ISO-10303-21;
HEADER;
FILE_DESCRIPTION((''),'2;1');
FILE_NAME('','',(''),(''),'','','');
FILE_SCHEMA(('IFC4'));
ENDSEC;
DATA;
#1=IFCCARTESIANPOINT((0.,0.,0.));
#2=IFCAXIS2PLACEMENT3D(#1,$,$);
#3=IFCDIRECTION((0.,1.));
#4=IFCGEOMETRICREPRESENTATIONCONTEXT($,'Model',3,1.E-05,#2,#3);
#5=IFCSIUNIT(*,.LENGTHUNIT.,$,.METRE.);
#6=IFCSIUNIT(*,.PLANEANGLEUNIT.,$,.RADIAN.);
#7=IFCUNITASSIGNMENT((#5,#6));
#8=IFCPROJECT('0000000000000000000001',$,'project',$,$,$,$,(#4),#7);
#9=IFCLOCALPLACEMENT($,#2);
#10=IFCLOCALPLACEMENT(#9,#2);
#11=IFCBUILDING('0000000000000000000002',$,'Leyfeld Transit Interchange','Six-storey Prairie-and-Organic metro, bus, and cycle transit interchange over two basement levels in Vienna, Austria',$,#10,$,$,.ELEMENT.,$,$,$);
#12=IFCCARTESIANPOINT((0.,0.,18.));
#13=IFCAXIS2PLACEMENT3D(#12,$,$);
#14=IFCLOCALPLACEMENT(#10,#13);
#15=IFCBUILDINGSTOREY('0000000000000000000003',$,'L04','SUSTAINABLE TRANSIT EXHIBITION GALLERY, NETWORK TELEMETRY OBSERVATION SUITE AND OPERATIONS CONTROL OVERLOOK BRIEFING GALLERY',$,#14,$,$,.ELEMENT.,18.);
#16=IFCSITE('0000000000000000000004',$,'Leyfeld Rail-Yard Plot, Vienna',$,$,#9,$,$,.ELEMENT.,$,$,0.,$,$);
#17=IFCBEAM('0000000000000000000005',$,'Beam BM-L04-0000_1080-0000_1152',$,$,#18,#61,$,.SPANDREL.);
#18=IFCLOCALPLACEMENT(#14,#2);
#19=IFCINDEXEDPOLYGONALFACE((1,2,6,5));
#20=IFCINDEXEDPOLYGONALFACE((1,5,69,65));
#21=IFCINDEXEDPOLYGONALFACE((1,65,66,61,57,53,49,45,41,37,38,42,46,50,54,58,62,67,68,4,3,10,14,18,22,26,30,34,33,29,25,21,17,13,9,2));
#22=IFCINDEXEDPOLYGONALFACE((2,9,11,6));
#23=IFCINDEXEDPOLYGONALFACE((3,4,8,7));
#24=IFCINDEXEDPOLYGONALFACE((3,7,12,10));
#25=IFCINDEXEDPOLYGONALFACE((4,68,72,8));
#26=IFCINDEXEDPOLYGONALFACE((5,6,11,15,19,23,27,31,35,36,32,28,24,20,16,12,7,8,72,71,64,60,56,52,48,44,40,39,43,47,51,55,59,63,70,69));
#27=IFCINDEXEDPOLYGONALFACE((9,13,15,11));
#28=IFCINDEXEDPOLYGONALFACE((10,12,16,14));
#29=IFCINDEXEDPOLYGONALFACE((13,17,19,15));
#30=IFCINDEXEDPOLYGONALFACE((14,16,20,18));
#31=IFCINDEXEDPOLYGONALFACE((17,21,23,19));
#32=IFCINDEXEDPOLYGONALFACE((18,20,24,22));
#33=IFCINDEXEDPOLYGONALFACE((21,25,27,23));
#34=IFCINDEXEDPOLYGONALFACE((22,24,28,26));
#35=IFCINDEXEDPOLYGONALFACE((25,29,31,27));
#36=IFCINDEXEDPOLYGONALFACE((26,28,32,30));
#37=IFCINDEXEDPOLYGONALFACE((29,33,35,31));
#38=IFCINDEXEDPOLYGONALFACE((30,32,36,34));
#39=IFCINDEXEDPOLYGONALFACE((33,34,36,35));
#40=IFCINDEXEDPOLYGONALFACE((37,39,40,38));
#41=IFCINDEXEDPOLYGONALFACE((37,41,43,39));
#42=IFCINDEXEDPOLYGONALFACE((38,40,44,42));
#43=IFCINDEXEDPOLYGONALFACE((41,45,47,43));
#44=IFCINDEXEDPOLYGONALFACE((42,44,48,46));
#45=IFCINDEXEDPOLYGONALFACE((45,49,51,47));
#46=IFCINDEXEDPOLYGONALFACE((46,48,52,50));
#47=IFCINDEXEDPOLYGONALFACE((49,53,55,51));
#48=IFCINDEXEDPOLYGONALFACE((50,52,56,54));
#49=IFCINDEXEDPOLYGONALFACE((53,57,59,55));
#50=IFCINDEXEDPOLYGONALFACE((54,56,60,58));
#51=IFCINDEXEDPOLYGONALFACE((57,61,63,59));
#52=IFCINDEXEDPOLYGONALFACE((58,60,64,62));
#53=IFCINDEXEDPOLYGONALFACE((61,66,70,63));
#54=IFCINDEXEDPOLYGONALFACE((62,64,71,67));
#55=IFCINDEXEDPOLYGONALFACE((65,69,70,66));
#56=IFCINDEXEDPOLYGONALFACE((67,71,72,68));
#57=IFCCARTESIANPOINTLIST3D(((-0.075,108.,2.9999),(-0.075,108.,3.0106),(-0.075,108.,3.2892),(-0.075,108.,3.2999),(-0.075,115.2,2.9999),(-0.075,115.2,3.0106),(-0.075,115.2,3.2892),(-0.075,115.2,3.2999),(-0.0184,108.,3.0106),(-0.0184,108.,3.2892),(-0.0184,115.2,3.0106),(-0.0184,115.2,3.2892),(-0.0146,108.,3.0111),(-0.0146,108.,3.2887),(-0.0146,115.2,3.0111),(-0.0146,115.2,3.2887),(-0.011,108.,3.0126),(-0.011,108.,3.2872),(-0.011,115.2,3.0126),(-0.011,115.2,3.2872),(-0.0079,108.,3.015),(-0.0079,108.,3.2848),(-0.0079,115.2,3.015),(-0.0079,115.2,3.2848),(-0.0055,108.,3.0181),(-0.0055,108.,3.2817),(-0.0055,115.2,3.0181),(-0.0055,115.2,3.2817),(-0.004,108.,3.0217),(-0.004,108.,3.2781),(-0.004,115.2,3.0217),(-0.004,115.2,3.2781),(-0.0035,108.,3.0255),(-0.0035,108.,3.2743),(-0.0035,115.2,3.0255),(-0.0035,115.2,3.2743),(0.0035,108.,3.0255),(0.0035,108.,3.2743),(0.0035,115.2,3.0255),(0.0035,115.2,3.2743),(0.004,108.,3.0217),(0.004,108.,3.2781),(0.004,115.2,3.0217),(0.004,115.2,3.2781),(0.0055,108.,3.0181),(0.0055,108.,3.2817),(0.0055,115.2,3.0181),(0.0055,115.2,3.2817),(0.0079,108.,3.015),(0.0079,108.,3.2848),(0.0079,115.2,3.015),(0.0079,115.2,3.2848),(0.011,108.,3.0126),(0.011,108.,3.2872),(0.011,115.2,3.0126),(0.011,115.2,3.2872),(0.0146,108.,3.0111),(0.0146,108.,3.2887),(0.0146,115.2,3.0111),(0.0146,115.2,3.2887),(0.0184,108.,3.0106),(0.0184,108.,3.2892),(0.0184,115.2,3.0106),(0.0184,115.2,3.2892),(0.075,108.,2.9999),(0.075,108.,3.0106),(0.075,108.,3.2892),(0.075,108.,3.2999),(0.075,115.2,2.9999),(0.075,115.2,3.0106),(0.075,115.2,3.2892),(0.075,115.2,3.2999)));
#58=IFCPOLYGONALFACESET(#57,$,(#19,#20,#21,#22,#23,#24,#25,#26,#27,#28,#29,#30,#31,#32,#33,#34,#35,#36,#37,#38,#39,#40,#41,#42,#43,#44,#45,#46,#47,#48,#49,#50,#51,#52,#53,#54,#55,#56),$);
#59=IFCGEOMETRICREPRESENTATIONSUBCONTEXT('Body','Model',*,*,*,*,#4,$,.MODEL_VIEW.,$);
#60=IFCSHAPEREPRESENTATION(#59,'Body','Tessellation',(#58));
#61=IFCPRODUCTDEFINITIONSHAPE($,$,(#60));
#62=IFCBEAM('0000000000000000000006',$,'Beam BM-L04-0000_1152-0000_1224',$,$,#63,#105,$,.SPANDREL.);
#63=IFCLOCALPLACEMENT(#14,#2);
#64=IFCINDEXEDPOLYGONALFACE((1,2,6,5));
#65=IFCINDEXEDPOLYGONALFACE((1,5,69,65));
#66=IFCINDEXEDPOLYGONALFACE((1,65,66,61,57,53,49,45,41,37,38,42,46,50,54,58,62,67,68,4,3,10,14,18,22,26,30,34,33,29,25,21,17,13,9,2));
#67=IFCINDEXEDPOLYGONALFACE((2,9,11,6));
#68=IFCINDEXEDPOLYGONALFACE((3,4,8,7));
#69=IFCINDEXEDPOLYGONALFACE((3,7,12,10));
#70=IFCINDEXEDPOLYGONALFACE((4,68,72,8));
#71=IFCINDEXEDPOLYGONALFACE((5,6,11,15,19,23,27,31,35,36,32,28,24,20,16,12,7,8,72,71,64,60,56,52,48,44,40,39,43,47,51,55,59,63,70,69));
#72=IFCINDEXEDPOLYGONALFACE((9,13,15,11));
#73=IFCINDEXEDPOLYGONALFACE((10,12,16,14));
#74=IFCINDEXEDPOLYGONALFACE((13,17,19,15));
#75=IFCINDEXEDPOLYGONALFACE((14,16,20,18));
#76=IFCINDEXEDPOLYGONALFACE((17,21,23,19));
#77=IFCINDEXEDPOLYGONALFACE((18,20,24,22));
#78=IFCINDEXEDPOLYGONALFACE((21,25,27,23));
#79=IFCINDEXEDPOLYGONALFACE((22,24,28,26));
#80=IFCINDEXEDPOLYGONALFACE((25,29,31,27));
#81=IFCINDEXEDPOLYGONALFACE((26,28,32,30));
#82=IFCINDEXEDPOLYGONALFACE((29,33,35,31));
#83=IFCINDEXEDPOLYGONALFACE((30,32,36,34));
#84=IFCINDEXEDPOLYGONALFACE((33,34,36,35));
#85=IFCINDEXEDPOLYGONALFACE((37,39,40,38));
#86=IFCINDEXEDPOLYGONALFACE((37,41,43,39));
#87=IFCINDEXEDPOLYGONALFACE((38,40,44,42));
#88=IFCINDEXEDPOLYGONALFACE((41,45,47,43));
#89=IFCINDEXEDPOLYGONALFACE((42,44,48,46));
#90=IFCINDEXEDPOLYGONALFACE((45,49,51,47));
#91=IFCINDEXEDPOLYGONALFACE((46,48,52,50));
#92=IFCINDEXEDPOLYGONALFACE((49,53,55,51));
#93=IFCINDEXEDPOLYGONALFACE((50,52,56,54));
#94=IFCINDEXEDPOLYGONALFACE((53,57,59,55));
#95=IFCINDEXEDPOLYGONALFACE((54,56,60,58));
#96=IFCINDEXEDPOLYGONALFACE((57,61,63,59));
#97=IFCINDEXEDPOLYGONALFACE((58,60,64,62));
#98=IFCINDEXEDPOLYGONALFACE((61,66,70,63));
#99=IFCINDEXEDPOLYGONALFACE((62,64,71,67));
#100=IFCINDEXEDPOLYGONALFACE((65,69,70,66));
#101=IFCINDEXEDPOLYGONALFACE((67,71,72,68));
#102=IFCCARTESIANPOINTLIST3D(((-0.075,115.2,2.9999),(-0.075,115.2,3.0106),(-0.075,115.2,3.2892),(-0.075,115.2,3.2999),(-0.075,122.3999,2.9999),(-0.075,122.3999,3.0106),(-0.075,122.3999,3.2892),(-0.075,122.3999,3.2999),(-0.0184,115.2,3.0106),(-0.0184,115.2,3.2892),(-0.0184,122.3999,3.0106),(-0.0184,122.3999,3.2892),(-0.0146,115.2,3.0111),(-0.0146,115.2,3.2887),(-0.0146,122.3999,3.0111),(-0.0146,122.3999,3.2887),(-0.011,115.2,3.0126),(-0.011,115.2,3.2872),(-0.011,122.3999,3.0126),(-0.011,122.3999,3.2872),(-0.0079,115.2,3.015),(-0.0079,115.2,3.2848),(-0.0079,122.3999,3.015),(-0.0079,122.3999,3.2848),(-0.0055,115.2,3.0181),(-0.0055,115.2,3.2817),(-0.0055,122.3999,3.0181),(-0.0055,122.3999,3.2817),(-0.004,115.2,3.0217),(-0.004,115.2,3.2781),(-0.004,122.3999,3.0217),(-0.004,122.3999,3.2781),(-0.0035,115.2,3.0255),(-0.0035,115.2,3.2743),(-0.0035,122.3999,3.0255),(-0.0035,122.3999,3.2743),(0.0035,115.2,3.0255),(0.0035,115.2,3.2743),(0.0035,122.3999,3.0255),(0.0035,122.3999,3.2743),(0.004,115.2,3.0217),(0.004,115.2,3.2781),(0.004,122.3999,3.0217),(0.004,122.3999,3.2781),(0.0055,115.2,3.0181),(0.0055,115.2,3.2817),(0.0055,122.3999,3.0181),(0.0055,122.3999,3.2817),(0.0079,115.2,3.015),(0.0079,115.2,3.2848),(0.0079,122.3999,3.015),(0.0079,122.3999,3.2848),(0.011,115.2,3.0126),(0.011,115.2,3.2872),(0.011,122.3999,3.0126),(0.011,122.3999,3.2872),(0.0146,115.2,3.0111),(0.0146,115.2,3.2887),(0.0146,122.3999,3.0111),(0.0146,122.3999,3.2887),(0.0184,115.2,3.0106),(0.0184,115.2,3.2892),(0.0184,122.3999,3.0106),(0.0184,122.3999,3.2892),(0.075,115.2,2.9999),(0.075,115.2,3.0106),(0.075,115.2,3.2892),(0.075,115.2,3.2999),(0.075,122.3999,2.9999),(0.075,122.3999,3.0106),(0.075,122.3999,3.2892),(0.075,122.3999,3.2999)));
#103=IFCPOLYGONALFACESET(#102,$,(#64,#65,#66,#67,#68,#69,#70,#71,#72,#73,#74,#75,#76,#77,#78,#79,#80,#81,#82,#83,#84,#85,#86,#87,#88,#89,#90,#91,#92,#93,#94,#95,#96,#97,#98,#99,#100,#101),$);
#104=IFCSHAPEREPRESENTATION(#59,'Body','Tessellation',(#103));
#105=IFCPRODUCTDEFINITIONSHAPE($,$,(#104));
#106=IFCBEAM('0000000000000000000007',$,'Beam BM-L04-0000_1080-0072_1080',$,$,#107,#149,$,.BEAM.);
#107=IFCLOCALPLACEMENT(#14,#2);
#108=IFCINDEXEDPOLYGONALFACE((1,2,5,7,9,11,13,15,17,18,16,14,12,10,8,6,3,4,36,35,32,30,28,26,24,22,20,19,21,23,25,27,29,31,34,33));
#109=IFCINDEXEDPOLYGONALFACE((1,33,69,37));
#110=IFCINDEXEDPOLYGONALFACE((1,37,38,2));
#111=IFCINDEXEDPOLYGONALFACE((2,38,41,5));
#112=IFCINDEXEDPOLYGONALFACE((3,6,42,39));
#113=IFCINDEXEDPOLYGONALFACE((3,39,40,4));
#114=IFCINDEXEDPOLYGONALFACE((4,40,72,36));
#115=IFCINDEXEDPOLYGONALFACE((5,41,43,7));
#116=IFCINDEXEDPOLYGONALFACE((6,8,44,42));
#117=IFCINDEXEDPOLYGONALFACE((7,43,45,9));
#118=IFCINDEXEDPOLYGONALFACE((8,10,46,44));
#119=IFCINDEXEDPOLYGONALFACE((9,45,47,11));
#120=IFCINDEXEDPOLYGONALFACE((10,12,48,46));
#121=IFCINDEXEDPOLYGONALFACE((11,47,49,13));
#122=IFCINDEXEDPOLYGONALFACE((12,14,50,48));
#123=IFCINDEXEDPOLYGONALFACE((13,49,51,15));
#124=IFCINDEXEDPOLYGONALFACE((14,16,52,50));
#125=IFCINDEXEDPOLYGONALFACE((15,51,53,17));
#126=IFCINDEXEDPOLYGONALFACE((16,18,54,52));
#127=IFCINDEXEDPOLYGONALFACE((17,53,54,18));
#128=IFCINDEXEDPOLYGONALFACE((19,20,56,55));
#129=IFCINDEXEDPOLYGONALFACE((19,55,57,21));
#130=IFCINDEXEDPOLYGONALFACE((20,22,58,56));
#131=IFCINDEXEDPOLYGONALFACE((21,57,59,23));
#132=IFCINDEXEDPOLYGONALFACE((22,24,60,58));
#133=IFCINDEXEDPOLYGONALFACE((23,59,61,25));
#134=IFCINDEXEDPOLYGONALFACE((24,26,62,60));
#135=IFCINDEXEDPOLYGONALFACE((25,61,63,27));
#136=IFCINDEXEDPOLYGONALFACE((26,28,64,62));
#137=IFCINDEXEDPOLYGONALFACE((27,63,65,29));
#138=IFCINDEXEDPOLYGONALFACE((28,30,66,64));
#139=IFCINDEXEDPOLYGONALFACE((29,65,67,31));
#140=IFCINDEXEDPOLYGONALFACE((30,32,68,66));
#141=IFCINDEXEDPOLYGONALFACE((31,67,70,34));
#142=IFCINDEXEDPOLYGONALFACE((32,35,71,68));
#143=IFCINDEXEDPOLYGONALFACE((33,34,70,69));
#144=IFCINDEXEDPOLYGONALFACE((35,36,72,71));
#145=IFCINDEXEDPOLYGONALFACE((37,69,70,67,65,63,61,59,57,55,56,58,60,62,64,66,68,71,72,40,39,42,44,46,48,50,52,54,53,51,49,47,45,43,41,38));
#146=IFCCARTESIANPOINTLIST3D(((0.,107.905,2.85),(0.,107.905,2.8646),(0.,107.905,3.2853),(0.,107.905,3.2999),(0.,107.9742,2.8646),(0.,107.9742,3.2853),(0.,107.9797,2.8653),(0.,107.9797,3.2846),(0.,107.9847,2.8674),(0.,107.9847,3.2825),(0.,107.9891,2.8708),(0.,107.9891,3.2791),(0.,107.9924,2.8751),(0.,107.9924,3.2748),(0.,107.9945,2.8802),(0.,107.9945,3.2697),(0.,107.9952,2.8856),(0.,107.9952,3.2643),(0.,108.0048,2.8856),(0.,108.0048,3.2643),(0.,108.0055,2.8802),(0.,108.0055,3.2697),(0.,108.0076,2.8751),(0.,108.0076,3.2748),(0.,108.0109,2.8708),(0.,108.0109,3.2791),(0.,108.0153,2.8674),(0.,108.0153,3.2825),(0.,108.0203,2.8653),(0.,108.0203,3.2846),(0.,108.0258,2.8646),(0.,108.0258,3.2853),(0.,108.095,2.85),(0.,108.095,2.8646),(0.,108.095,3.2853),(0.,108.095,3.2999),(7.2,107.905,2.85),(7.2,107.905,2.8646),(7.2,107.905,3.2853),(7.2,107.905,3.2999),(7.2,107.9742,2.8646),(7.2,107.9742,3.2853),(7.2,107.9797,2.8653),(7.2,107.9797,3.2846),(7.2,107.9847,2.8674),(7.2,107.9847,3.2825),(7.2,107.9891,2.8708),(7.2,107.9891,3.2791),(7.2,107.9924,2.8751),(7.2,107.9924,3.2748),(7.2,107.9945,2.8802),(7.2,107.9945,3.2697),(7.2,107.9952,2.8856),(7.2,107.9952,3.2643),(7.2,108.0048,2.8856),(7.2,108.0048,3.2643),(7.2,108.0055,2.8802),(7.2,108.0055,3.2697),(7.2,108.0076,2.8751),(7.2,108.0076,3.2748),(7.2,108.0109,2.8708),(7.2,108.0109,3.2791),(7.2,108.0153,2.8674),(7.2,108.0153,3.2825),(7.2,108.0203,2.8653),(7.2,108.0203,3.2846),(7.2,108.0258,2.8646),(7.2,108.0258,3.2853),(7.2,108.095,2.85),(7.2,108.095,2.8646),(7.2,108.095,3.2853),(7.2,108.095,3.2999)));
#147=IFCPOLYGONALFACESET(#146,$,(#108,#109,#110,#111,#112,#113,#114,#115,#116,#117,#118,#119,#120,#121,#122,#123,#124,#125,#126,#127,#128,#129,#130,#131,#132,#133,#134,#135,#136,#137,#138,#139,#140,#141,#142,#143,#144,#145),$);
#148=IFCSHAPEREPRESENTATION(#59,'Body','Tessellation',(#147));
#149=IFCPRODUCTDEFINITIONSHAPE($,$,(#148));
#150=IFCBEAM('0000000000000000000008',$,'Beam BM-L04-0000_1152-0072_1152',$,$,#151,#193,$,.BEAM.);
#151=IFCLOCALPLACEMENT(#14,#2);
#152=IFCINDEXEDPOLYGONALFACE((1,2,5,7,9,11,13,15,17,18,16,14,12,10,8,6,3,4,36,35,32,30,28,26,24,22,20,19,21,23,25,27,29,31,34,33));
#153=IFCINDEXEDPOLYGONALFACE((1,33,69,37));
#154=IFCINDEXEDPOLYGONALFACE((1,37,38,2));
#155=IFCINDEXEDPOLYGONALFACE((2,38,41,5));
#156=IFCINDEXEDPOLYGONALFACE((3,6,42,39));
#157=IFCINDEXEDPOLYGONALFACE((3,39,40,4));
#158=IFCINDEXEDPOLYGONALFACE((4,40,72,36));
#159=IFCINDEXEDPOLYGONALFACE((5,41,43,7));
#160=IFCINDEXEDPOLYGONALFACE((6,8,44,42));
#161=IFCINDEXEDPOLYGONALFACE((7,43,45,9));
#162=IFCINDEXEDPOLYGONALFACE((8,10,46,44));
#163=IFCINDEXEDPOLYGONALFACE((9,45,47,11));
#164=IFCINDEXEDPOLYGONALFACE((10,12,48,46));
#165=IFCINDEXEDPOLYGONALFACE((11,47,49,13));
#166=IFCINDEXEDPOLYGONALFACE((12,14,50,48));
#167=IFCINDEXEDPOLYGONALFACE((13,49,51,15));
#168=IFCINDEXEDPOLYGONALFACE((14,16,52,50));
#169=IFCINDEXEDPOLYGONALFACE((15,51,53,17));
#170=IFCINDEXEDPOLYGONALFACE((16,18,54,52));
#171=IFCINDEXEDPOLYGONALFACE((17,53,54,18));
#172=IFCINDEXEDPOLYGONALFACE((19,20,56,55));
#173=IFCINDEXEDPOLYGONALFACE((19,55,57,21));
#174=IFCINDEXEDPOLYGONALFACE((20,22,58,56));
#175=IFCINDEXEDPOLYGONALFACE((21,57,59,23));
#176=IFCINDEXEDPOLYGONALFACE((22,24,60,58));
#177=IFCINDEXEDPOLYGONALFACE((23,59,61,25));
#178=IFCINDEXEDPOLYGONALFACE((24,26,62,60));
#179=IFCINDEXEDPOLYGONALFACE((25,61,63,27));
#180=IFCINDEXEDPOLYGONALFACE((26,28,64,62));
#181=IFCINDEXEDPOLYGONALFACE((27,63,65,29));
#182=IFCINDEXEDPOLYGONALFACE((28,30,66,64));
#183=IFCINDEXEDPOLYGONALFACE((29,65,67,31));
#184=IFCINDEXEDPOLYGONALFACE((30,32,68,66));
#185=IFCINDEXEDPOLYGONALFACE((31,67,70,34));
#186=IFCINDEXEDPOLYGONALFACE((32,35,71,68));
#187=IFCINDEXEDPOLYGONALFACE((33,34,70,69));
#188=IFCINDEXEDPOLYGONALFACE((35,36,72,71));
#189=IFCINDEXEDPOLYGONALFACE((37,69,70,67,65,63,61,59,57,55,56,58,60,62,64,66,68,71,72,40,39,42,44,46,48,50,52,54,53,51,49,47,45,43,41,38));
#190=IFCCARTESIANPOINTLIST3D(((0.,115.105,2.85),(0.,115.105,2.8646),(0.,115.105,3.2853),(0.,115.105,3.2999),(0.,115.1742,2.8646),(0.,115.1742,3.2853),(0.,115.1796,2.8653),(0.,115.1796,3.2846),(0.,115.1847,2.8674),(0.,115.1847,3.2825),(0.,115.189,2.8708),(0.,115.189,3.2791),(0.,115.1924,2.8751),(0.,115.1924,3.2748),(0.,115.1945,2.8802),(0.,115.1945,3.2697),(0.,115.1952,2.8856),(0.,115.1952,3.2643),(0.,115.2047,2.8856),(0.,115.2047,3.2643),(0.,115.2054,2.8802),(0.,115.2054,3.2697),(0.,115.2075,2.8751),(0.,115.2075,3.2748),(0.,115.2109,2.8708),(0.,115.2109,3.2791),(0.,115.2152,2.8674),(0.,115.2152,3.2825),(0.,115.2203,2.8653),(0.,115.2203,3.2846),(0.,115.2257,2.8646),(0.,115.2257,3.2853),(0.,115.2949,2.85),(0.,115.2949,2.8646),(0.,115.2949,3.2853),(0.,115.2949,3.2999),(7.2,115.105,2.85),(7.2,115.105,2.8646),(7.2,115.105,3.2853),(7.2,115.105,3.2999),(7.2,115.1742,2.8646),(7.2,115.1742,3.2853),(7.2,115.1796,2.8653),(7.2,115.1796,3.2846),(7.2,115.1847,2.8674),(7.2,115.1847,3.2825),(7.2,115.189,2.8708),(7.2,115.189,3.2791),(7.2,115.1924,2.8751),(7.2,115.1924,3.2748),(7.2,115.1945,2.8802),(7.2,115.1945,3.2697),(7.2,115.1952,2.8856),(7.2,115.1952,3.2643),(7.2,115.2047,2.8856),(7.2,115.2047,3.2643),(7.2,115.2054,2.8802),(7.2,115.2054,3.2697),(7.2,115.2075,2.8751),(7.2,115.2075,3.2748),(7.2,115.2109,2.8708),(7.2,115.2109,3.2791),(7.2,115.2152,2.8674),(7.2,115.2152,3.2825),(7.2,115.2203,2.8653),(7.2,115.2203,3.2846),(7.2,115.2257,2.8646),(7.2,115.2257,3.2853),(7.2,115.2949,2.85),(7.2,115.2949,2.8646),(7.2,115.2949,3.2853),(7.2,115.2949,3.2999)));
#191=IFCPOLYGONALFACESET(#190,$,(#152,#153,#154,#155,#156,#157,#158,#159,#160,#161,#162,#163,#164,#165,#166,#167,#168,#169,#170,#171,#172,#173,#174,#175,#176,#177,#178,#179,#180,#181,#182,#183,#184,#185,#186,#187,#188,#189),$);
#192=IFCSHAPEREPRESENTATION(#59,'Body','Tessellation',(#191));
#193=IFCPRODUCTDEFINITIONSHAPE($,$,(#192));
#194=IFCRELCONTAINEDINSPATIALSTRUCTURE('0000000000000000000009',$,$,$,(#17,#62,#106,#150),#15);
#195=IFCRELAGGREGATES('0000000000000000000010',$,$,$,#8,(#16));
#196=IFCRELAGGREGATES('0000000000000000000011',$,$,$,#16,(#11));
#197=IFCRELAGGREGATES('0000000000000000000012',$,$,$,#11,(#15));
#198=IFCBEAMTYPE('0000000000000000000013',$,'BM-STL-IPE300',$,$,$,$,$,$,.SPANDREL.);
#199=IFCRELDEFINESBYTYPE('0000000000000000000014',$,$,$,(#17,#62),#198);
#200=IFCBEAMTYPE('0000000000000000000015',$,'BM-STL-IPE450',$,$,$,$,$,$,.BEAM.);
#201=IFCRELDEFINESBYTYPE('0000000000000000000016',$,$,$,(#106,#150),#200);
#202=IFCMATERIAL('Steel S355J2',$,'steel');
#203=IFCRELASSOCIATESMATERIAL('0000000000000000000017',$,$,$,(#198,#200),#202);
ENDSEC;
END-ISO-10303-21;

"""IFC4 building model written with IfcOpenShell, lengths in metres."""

from ifc_helpers import new_model, si_unit, direction, frame, origin, origin_2d, place, context, subcontext, project, spatial, i_section, extrude, material, material_profile, profile_set, type_object, element, save


model = new_model("IFC4")

# Units and contexts
model_context = context("Model", 3, precision=1e-05, world=origin(), true_north=direction((0.0, 1.0)))
body_context = subcontext(model_context, "Body", "Model", "MODEL_VIEW")
ifc_project = project(units=[si_unit("LENGTHUNIT", "METRE"), si_unit("PLANEANGLEUNIT", "RADIAN")], contexts=[model_context])

# Site, building, storey
site_placement = place(None, origin())
site = spatial("IfcSite", under=ifc_project, at=site_placement, Name="Leyfeld Rail-Yard Plot, Vienna", CompositionType="ELEMENT", RefElevation=0.0)
building_placement = place(site_placement, origin())
building = spatial("IfcBuilding", under=site, at=building_placement, Name="Leyfeld Transit Interchange", Description="Six-storey Prairie-and-Organic metro, bus, and cycle transit interchange over two basement levels in Vienna, Austria", CompositionType="ELEMENT")
storey_placement = place(building_placement, frame((0.0, 0.0, 18.0)))
storey = spatial("IfcBuildingStorey", under=building, at=storey_placement, Name="L04", Description="SUSTAINABLE TRANSIT EXHIBITION GALLERY, NETWORK TELEMETRY OBSERVATION SUITE AND OPERATIONS CONTROL OVERLOOK BRIEFING GALLERY", CompositionType="ELEMENT", Elevation=18.0)

# Shared definitions
ifc_material_1 = material(Name="Steel S355J2", Category="steel")

# Beams
ifc_material_profile_1 = material_profile(ifc_material_1, i_section(OverallWidth=0.1499, OverallDepth=0.3, WebThickness=0.0071, FlangeThickness=0.0107, FilletRadius=0.0149, at=origin_2d()), Name="IPE 300")
ifc_profile_set_1 = profile_set([ifc_material_profile_1], Name="Steel S355J2")
beam_type_1 = type_object("IfcBeamType", Name="BM-STL-IPE300", PredefinedType="SPANDREL", material=ifc_profile_set_1)
for number, where, z_axis, x_axis, name in (
    (1, (0.0, 108.0, 3.1499), (0.0, 1.0, 0.0), (-1.0, 0.0, 0.0), "Beam BM-L04-0000_1080-0000_1152"),
    (2, (0.0, 115.2, 3.1499), (0.0, 1.0, 0.0), (-1.0, 0.0, 0.0), "Beam BM-L04-0000_1152-0000_1224"),
):
    element("IfcBeam", number, at=place(storey_placement, frame(where, z_axis=z_axis, x_axis=x_axis)), inside=storey, type_object=beam_type_1, Name=name, PredefinedType="SPANDREL", context=body_context, shape_type="SweptSolid", body=[
        extrude(i_section(OverallWidth=0.1499, OverallDepth=0.3, WebThickness=0.0071, FlangeThickness=0.0107, FilletRadius=0.0149, at=origin_2d()), origin(), (0.0, 0.0, 1.0), 7.2),
    ])
ifc_material_profile_2 = material_profile(ifc_material_1, i_section(OverallWidth=0.1899, OverallDepth=0.45, WebThickness=0.0095, FlangeThickness=0.0146, FilletRadius=0.021, at=origin_2d()), Name="IPE 450")
ifc_profile_set_2 = profile_set([ifc_material_profile_2], Name="Steel S355J2")
beam_type_2 = type_object("IfcBeamType", Name="BM-STL-IPE450", PredefinedType="BEAM", material=ifc_profile_set_2)
for number, where, z_axis, x_axis, name in (
    (3, (0.0, 108.0, 3.075), (1.0, 0.0, 0.0), (0.0, 1.0, 0.0), "Beam BM-L04-0000_1080-0072_1080"),
    (4, (0.0, 115.2, 3.075), (1.0, 0.0, 0.0), (0.0, 1.0, 0.0), "Beam BM-L04-0000_1152-0072_1152"),
):
    element("IfcBeam", number, at=place(storey_placement, frame(where, z_axis=z_axis, x_axis=x_axis)), inside=storey, type_object=beam_type_2, Name=name, PredefinedType="BEAM", context=body_context, shape_type="SweptSolid", body=[
        extrude(i_section(OverallWidth=0.1899, OverallDepth=0.45, WebThickness=0.0095, FlangeThickness=0.0146, FilletRadius=0.021, at=origin_2d()), origin(), (0.0, 0.0, 1.0), 7.2),
    ])

save(model, "model.ifc")
